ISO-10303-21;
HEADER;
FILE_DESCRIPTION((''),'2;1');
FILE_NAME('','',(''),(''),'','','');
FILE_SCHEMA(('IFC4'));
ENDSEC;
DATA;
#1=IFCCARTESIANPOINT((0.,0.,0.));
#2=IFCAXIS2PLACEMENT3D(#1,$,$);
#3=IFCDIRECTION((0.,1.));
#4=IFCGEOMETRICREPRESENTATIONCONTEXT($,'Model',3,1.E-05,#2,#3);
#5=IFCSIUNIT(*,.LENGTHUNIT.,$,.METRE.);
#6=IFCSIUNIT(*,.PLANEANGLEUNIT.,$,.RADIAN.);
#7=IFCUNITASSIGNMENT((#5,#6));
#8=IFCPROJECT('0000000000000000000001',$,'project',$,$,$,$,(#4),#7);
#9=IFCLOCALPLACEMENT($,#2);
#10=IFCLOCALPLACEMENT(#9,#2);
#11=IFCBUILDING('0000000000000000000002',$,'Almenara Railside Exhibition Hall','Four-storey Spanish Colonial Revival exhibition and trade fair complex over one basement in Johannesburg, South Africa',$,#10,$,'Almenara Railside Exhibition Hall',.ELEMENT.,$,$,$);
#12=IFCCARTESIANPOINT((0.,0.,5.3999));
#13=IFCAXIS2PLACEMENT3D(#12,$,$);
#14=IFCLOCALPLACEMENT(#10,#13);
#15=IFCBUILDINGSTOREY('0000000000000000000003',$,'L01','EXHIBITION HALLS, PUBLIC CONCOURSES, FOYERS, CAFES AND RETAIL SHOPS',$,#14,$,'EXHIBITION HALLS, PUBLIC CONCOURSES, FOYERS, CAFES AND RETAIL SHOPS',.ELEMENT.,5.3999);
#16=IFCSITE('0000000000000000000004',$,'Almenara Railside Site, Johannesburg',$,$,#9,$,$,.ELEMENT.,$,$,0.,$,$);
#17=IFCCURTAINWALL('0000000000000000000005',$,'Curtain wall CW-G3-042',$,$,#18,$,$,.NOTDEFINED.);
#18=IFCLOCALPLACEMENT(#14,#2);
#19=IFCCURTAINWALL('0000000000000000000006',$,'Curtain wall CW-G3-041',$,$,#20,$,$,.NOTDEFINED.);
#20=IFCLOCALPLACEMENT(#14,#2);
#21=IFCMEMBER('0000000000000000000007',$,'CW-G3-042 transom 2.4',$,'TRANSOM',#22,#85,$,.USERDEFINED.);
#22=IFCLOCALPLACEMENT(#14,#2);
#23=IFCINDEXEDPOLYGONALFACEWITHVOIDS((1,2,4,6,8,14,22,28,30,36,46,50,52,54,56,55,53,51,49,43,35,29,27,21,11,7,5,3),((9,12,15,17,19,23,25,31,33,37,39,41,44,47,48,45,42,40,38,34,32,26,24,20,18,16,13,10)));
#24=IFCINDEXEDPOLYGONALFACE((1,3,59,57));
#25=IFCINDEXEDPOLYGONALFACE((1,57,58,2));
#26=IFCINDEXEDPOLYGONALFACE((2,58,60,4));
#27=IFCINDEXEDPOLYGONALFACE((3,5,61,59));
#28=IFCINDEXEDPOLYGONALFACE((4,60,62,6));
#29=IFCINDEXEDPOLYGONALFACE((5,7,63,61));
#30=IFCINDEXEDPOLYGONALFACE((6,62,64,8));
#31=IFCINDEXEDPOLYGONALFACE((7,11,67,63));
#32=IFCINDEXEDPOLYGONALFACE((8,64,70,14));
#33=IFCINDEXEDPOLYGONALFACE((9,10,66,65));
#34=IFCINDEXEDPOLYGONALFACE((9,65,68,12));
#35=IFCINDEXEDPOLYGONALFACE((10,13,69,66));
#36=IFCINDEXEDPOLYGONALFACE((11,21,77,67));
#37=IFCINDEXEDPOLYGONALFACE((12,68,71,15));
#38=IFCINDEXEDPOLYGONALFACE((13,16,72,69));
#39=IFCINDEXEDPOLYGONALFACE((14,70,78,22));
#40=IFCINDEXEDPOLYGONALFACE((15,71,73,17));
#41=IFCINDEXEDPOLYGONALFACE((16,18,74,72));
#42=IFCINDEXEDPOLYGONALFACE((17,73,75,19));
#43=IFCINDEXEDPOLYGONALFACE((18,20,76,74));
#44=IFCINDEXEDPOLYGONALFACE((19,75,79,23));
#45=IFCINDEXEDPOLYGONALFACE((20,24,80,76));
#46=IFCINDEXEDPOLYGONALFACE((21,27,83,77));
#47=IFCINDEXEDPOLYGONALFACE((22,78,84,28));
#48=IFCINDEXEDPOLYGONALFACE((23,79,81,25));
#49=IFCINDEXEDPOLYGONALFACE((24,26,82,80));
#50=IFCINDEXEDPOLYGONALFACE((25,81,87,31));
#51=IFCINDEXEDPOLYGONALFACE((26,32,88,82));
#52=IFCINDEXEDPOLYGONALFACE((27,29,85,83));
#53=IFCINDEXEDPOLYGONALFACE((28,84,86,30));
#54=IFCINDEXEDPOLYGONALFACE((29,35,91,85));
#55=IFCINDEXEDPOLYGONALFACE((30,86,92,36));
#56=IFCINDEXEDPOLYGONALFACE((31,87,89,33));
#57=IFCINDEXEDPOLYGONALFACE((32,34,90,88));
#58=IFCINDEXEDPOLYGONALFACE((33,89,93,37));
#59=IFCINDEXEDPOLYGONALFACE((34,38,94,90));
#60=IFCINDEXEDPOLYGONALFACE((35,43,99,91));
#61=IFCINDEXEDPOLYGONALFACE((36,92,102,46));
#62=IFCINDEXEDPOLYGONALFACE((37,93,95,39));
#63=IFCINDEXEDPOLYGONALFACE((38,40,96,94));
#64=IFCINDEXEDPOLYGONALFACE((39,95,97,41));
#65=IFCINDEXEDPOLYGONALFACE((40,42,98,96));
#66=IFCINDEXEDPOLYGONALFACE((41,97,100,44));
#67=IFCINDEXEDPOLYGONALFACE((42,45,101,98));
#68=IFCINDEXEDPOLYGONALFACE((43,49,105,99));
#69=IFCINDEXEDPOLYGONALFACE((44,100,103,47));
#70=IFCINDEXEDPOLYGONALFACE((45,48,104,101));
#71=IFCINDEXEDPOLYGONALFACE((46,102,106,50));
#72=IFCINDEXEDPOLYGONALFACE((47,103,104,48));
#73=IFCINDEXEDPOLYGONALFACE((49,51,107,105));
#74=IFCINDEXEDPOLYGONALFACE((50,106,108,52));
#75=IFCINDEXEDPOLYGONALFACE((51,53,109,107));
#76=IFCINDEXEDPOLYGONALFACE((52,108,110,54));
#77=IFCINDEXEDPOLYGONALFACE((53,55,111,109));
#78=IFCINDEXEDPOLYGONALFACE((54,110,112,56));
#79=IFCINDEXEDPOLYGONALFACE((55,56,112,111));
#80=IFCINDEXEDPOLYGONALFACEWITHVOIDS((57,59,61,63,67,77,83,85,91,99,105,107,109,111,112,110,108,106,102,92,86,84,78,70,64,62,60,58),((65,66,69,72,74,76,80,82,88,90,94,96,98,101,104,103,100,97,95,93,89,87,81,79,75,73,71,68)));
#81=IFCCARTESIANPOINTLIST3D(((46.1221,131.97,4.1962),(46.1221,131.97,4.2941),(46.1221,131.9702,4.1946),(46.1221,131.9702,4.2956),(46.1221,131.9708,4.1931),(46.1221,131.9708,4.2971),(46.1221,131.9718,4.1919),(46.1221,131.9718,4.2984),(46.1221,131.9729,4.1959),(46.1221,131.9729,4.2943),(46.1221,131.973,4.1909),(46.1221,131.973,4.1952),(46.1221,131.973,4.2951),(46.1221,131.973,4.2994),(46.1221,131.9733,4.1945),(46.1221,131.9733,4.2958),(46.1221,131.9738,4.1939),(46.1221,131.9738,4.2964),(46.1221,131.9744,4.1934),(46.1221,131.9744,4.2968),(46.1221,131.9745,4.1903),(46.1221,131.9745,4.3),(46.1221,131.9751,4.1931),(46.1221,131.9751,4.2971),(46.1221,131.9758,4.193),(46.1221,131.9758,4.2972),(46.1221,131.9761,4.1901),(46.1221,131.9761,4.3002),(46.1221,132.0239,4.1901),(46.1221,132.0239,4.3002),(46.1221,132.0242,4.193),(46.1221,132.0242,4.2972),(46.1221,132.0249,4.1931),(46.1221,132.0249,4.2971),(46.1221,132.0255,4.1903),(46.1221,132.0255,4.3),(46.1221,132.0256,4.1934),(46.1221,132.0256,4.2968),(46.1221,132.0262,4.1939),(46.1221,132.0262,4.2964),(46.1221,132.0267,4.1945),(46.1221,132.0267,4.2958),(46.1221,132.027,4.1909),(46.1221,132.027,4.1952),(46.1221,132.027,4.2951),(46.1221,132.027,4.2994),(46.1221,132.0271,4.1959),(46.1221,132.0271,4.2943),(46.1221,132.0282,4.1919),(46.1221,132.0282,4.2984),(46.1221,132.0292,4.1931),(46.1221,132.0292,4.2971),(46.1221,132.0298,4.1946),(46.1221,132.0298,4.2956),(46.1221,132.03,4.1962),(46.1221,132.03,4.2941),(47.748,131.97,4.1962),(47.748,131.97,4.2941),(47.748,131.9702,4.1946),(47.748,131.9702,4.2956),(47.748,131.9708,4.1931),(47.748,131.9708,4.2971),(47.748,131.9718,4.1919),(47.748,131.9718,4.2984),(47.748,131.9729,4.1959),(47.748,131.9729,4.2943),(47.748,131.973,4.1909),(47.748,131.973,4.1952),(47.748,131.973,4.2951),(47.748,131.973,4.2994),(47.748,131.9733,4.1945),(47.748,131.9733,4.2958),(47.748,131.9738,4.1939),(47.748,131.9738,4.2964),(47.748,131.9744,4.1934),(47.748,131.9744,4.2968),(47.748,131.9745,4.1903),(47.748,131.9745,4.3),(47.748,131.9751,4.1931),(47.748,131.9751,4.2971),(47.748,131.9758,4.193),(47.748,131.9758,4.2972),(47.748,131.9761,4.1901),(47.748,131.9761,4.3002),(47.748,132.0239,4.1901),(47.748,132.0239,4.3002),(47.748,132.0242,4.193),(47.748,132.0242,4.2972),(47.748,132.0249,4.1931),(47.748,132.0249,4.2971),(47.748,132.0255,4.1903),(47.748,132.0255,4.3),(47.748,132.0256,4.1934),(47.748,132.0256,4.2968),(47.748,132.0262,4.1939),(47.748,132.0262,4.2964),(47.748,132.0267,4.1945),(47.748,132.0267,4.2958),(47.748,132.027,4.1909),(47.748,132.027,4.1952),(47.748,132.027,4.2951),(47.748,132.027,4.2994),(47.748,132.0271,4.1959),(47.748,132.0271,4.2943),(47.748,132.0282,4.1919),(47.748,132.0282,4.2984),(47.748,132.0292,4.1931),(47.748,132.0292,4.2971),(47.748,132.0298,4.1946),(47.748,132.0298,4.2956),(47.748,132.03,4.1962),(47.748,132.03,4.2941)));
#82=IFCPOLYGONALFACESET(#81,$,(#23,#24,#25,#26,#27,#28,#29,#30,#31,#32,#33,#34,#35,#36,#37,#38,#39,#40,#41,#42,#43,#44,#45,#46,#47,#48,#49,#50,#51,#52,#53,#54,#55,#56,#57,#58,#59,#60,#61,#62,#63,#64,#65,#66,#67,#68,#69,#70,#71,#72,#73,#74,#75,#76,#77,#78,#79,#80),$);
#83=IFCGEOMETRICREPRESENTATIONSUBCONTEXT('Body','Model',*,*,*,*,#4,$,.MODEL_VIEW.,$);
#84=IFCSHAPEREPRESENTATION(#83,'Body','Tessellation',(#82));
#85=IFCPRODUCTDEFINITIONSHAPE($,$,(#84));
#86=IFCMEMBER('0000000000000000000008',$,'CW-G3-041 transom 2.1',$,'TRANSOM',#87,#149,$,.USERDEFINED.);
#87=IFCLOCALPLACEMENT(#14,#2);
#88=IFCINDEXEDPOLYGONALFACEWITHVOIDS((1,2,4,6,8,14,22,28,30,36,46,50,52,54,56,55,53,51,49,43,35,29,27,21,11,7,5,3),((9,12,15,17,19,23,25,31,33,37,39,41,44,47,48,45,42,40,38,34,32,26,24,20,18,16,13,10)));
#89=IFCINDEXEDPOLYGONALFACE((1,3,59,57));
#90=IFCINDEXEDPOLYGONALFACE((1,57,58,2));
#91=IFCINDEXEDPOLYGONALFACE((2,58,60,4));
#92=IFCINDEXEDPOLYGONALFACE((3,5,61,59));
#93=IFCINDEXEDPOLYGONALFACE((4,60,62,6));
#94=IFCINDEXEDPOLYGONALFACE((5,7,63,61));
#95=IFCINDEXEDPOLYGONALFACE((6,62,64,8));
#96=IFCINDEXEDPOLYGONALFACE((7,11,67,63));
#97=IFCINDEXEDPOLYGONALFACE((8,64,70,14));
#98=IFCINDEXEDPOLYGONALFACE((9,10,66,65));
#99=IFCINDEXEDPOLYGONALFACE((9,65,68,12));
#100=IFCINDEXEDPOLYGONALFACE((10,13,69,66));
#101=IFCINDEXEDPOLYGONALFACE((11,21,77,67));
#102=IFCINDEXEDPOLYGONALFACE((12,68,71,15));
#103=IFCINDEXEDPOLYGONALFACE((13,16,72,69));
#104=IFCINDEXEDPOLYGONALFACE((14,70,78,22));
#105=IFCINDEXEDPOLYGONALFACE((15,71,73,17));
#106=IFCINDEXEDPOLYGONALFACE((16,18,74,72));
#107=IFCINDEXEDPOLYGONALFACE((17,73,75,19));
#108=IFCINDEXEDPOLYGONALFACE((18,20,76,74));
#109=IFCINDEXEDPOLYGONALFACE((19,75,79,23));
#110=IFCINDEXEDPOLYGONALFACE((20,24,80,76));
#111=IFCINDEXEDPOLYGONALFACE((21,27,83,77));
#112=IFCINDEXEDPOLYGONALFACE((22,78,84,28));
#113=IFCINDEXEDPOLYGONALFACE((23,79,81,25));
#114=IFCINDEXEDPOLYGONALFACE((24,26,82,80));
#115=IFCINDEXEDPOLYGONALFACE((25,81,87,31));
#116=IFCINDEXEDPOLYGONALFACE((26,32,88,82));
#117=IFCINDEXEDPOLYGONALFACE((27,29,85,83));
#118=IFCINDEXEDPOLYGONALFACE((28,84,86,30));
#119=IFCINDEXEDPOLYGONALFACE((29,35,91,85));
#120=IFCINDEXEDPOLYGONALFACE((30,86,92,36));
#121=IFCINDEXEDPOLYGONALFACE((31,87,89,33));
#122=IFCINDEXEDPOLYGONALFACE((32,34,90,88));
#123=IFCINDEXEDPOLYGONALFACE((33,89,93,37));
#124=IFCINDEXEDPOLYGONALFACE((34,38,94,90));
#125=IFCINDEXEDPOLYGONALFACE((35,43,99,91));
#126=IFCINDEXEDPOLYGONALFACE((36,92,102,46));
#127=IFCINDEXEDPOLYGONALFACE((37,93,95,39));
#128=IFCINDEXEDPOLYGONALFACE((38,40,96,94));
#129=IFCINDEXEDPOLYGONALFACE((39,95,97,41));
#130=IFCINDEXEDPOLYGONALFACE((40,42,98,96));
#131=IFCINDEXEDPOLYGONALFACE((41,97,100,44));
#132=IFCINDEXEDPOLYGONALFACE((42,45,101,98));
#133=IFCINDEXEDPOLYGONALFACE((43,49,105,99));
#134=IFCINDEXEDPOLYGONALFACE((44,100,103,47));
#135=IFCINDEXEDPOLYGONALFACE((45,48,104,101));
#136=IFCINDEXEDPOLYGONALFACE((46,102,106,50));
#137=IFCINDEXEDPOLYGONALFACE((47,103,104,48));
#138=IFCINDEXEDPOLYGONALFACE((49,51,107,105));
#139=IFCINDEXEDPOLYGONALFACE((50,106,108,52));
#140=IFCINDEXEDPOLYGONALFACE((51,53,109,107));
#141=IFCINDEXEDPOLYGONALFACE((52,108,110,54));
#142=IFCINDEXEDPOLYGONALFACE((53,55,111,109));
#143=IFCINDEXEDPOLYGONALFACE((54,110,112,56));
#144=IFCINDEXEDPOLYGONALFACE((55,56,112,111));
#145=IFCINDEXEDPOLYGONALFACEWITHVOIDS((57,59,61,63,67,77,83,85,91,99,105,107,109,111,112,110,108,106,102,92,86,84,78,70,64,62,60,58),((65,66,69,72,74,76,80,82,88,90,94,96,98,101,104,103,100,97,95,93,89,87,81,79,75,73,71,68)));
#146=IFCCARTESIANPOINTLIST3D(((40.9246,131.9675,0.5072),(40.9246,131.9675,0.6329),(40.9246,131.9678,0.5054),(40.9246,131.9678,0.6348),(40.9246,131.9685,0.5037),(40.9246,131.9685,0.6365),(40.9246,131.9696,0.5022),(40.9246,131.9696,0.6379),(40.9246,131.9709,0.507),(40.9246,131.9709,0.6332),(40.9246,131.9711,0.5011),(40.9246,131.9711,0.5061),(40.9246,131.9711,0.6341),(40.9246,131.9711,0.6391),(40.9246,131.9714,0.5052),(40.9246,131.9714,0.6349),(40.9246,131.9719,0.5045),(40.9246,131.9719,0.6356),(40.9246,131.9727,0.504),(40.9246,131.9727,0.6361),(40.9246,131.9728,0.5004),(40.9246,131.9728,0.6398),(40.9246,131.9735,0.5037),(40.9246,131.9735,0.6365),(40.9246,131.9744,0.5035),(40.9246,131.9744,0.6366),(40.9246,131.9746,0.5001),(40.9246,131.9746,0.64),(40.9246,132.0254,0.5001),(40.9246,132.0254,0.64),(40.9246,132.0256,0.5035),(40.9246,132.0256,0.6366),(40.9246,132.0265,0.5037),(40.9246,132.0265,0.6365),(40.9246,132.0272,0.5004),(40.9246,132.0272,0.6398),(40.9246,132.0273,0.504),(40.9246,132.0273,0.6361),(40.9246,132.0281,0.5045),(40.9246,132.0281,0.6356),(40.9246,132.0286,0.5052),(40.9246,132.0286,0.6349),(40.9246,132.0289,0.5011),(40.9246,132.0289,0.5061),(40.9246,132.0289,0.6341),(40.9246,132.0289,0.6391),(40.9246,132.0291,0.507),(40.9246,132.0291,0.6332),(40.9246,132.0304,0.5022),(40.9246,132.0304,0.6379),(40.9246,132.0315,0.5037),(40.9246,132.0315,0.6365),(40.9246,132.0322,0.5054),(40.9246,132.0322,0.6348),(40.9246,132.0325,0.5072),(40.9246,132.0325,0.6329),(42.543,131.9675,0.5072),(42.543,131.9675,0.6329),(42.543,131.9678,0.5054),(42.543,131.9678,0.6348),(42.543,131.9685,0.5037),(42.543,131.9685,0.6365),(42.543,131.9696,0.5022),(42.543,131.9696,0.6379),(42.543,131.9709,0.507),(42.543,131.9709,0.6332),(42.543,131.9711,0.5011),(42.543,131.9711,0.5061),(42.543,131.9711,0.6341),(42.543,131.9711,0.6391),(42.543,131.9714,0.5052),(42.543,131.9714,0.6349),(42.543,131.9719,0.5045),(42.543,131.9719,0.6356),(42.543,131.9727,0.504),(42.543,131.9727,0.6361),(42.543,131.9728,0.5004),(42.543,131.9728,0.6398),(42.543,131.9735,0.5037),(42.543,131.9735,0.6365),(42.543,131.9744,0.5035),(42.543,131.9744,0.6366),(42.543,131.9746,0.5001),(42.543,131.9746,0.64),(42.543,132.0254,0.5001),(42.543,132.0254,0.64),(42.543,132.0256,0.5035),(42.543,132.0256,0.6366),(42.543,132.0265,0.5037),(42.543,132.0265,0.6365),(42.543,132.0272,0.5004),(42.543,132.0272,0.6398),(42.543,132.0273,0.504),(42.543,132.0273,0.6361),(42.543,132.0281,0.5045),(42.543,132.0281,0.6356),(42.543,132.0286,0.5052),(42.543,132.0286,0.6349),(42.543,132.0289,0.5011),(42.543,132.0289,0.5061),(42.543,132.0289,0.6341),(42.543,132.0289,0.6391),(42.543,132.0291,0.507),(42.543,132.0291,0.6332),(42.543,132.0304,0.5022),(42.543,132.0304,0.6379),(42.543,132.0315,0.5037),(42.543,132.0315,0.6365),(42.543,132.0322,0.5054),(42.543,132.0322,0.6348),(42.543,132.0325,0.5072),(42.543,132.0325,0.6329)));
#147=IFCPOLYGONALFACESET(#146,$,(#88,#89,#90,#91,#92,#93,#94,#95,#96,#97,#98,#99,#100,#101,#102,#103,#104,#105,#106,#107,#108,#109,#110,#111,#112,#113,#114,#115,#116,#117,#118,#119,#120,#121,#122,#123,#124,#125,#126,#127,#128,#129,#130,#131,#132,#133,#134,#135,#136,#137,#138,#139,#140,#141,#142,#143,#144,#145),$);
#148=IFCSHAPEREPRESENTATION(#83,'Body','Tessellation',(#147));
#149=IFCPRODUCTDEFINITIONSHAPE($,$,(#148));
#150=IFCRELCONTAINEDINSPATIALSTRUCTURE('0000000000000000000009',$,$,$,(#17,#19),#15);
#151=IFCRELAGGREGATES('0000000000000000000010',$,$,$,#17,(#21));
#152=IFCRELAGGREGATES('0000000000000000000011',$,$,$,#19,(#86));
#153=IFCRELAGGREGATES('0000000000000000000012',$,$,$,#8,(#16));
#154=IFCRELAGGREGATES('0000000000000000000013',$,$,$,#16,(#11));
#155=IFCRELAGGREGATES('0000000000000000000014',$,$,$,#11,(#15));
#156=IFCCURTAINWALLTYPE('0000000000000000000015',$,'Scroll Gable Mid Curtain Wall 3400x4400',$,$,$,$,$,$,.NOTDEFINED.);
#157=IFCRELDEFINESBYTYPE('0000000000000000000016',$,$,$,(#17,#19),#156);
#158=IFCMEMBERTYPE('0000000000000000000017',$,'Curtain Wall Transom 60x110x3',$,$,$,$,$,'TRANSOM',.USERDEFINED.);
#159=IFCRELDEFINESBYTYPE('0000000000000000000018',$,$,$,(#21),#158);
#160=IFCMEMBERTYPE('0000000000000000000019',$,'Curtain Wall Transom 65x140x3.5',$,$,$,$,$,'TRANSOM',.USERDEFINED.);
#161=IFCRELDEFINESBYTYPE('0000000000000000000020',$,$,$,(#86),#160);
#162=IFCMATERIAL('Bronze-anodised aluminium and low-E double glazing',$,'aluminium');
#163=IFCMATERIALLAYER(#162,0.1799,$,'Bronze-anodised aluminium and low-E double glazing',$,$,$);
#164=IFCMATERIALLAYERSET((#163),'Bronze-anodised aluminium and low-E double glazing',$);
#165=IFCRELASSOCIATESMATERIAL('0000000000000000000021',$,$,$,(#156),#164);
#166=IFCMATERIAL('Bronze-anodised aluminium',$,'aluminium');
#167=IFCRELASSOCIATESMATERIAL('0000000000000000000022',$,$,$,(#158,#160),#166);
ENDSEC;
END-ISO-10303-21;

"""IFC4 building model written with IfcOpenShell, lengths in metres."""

from ifc_helpers import new_model, si_unit, direction, frame, origin, origin_2d, place, context, subcontext, project, spatial, hollow_rectangle, extrude, material, layer, layer_set, material_profile, profile_set, type_object, element, aggregate, save


model = new_model("IFC4")

# Units and contexts
model_context = context("Model", 3, precision=1e-05, world=origin(), true_north=direction((0.0, 1.0)))
body_context = subcontext(model_context, "Body", "Model", "MODEL_VIEW")
ifc_project = project(units=[si_unit("LENGTHUNIT", "METRE"), si_unit("PLANEANGLEUNIT", "RADIAN")], contexts=[model_context])

# Site, building, storey
site_placement = place(None, origin())
site = spatial("IfcSite", under=ifc_project, at=site_placement, Name="Almenara Railside Site, Johannesburg", CompositionType="ELEMENT", RefElevation=0.0)
building_placement = place(site_placement, origin())
building = spatial("IfcBuilding", under=site, at=building_placement, Name="Almenara Railside Exhibition Hall", Description="Four-storey Spanish Colonial Revival exhibition and trade fair complex over one basement in Johannesburg, South Africa", LongName="Almenara Railside Exhibition Hall", CompositionType="ELEMENT")
storey_placement = place(building_placement, frame((0.0, 0.0, 5.3999)))
storey = spatial("IfcBuildingStorey", under=building, at=storey_placement, Name="L01", Description="EXHIBITION HALLS, PUBLIC CONCOURSES, FOYERS, CAFES AND RETAIL SHOPS", LongName="EXHIBITION HALLS, PUBLIC CONCOURSES, FOYERS, CAFES AND RETAIL SHOPS", CompositionType="ELEMENT", Elevation=5.3999)

# Curtain wall
ifc_material_1 = material(Name="Bronze-anodised aluminium and low-E double glazing", Category="aluminium")
ifc_layer_1 = layer(ifc_material_1, 0.1799, Name="Bronze-anodised aluminium and low-E double glazing")
ifc_layer_set_1 = layer_set([ifc_layer_1], Name="Bronze-anodised aluminium and low-E double glazing")
curtain_wall_type = type_object("IfcCurtainWallType", Name="Scroll Gable Mid Curtain Wall 3400x4400", PredefinedType="NOTDEFINED", material=ifc_layer_set_1)
curtain_wall_1_placement = place(storey_placement, origin())
curtain_wall_1 = element("IfcCurtainWall", 1, at=curtain_wall_1_placement, inside=storey, type_object=curtain_wall_type, Name="Curtain wall CW-G3-042", PredefinedType="NOTDEFINED")
ifc_material_2 = material(Name="Bronze-anodised aluminium", Category="aluminium")

# Curtain wall
curtain_wall_2_placement = place(storey_placement, origin())
curtain_wall_2 = element("IfcCurtainWall", 2, at=curtain_wall_2_placement, inside=storey, type_object=curtain_wall_type, Name="Curtain wall CW-G3-041", PredefinedType="NOTDEFINED")

# Members
ifc_material_profile_1 = material_profile(ifc_material_2, hollow_rectangle(XDim=0.0601, YDim=0.1101, WallThickness=0.0029, InnerFilletRadius=0.0029, OuterFilletRadius=0.0061, at=origin_2d()), Name="ALU-TRN 60x110x3")
ifc_profile_set_1 = profile_set([ifc_material_profile_1], Name="Bronze-anodised aluminium")
member_type_1 = type_object("IfcMemberType", Name="Curtain Wall Transom 60x110x3", ElementType="TRANSOM", PredefinedType="USERDEFINED", material=ifc_profile_set_1)
member_1_placement = place(storey_placement, frame((46.1221, 132.0, 4.2451), z_axis=(1.0, 0.0, 0.0), x_axis=(0.0, 1.0, 0.0)))
member_1 = element("IfcMember", 3, at=member_1_placement, type_object=member_type_1, Name="CW-G3-042 transom 2.4", ObjectType="TRANSOM", PredefinedType="USERDEFINED", context=body_context, shape_type="SweptSolid", body=[
    extrude(hollow_rectangle(XDim=0.0601, YDim=0.1101, WallThickness=0.0029, InnerFilletRadius=0.0029, OuterFilletRadius=0.0061, at=origin_2d()), origin(), (0.0, 0.0, 1.0), 1.626),
])
ifc_material_profile_2 = material_profile(ifc_material_2, hollow_rectangle(XDim=0.0649, YDim=0.1399, WallThickness=0.0034, InnerFilletRadius=0.0034, OuterFilletRadius=0.0071, at=origin_2d()), Name="ALU-TRN 65x140x3.5")
ifc_profile_set_2 = profile_set([ifc_material_profile_2], Name="Bronze-anodised aluminium")
member_type_2 = type_object("IfcMemberType", Name="Curtain Wall Transom 65x140x3.5", ElementType="TRANSOM", PredefinedType="USERDEFINED", material=ifc_profile_set_2)
member_2_placement = place(storey_placement, frame((40.9246, 132.0, 0.5701), z_axis=(1.0, 0.0, 0.0), x_axis=(0.0, 1.0, 0.0)))
member_2 = element("IfcMember", 4, at=member_2_placement, type_object=member_type_2, Name="CW-G3-041 transom 2.1", ObjectType="TRANSOM", PredefinedType="USERDEFINED", context=body_context, shape_type="SweptSolid", body=[
    extrude(hollow_rectangle(XDim=0.0649, YDim=0.1399, WallThickness=0.0034, InnerFilletRadius=0.0034, OuterFilletRadius=0.0071, at=origin_2d()), origin(), (0.0, 0.0, 1.0), 1.6184),
])

aggregate(curtain_wall_1, [member_1])
aggregate(curtain_wall_2, [member_2])

save(model, "model.ifc")
